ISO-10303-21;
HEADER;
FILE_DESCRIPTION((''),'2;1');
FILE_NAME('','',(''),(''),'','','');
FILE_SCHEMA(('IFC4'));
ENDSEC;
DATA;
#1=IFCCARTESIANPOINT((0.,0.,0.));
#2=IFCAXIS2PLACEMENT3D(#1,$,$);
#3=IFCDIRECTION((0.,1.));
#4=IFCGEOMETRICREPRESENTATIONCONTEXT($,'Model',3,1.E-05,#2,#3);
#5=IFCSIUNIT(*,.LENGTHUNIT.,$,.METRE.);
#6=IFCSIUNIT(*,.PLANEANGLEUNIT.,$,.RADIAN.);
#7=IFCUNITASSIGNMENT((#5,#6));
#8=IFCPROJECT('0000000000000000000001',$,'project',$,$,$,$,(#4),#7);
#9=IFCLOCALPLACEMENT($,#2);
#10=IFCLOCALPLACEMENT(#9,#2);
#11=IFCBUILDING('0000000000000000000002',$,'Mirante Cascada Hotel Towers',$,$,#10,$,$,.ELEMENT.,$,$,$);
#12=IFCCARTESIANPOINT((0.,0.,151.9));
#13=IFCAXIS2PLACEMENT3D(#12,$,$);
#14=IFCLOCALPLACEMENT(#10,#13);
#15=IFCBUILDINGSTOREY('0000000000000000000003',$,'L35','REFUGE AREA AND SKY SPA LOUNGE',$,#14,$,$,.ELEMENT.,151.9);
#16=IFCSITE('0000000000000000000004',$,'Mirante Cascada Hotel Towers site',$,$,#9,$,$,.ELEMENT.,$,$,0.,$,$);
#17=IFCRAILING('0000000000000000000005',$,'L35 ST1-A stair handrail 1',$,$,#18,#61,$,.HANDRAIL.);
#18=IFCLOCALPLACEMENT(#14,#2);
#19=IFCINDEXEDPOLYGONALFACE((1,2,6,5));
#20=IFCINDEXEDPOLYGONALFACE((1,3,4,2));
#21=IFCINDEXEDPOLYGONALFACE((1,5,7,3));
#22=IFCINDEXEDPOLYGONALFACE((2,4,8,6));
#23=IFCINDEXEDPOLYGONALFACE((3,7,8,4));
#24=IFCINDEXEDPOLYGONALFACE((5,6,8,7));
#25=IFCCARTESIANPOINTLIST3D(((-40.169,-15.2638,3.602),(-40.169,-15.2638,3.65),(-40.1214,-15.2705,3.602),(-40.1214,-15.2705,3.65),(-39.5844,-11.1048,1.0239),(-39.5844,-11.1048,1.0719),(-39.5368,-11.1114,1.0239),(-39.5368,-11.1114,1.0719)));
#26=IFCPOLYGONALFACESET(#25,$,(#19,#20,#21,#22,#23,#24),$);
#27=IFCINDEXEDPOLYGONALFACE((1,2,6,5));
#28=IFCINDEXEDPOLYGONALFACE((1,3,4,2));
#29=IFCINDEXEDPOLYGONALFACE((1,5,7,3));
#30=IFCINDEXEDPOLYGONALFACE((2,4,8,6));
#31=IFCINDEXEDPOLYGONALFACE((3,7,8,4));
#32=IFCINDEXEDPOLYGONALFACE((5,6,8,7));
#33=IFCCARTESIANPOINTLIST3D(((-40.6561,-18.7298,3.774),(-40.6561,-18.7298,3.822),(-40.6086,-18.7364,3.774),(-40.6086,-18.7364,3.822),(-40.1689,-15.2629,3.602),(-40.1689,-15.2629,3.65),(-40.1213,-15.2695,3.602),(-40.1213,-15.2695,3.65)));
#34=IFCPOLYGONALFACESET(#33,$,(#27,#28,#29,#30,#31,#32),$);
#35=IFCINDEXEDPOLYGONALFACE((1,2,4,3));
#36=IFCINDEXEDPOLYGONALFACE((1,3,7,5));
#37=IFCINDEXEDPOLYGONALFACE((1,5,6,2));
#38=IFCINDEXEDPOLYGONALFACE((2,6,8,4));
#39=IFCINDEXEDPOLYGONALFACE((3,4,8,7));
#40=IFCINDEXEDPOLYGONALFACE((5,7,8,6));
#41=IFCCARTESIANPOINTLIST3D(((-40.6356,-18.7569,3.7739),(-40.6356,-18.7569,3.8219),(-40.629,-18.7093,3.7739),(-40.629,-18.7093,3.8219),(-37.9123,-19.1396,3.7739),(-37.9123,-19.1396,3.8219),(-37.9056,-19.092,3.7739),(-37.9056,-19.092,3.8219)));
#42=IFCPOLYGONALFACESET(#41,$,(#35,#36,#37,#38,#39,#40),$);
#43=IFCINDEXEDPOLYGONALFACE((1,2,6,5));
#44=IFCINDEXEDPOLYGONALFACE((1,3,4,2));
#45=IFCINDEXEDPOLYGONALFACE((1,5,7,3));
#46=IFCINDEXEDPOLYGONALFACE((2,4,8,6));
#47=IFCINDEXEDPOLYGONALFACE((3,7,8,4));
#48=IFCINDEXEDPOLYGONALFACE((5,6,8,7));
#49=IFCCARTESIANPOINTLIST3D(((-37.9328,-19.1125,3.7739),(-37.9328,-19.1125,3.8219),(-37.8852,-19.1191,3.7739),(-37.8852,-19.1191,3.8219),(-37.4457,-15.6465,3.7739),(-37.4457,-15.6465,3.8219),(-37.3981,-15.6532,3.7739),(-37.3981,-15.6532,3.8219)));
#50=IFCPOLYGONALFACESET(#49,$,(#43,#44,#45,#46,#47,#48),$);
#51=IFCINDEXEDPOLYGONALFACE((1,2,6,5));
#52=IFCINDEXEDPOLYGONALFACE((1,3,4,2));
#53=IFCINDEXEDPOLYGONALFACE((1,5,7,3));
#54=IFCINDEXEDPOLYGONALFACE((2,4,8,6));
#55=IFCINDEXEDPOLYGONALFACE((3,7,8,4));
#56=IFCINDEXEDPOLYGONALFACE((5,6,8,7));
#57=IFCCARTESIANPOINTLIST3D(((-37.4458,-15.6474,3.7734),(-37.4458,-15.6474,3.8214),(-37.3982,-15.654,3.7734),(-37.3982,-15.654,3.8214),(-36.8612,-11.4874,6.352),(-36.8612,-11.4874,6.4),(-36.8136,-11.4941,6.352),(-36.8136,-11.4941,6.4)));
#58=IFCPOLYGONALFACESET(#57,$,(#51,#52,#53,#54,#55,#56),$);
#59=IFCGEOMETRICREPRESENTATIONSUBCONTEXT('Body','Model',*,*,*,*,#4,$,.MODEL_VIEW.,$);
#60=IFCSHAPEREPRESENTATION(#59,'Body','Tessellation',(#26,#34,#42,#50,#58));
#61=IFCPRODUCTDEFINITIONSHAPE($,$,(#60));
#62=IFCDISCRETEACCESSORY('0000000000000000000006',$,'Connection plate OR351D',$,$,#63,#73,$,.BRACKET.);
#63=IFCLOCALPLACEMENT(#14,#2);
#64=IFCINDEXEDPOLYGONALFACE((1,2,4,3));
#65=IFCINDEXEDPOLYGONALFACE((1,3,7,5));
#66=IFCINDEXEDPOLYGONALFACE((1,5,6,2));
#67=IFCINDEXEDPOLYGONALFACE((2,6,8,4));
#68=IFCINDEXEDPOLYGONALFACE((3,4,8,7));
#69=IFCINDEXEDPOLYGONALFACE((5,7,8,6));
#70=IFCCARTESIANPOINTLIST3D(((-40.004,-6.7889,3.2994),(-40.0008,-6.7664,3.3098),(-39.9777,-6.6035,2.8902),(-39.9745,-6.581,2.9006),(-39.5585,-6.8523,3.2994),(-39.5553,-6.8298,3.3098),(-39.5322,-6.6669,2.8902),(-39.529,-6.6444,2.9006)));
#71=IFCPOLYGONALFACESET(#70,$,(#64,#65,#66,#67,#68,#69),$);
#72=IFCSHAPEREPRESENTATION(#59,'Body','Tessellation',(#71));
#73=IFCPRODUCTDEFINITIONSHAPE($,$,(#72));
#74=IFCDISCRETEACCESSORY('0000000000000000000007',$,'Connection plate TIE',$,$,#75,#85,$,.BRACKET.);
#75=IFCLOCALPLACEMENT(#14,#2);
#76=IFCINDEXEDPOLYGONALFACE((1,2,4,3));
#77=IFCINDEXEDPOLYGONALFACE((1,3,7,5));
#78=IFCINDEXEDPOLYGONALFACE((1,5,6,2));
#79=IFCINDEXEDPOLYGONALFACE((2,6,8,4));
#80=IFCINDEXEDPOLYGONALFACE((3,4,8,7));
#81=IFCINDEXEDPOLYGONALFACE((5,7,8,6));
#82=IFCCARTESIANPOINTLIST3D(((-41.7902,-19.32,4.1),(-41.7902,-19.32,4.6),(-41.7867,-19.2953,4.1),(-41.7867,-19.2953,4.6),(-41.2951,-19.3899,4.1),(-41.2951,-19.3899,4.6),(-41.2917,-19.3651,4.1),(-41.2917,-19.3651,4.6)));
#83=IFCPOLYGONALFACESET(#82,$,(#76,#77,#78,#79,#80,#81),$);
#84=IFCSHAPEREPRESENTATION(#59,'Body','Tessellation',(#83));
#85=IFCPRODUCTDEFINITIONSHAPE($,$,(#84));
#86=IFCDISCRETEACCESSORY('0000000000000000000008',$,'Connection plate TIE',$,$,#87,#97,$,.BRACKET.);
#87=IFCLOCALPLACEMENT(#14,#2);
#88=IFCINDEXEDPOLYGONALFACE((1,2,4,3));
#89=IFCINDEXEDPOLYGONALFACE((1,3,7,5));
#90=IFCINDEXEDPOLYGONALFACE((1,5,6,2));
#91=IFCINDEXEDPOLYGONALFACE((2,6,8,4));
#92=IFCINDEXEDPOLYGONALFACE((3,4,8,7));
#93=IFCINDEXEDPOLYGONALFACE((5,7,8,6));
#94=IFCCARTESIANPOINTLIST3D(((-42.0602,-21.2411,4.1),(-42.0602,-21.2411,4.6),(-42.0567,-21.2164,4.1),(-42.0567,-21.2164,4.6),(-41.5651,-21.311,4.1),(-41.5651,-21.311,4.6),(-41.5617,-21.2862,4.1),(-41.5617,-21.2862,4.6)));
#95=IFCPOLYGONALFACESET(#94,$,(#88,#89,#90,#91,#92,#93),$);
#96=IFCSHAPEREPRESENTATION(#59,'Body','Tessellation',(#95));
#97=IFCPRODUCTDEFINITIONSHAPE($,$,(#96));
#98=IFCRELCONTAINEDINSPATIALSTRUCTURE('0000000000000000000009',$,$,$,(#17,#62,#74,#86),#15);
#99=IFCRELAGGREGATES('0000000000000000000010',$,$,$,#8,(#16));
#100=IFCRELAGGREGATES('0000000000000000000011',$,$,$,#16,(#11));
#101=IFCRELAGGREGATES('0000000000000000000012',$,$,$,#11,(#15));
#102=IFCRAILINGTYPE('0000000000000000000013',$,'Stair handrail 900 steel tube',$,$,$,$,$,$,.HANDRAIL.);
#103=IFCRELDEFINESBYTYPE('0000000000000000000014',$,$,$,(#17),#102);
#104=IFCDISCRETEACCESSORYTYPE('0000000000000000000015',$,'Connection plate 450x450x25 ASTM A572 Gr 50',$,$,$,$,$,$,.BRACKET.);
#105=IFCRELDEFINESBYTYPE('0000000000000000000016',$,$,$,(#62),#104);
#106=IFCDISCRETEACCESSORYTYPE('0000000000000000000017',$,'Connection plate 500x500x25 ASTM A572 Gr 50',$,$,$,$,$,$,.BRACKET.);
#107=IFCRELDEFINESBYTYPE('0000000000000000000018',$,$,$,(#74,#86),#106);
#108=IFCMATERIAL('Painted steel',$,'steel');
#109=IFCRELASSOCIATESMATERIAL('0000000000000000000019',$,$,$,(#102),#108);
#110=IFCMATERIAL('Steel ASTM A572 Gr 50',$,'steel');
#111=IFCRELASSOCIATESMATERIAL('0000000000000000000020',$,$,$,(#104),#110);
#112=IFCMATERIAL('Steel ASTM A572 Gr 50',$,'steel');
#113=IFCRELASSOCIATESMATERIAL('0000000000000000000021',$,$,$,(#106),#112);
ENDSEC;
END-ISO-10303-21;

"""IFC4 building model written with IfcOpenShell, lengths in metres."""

from ifc_helpers import new_model, si_unit, direction, frame, origin, origin_2d, place, context, subcontext, project, spatial, rectangle, extrude, material, material_profile, profile_set, type_object, element, save


model = new_model("IFC4")

# Units and contexts
model_context = context("Model", 3, precision=1e-05, world=origin(), true_north=direction((0.0, 1.0)))
body_context = subcontext(model_context, "Body", "Model", "MODEL_VIEW")
ifc_project = project(units=[si_unit("LENGTHUNIT", "METRE"), si_unit("PLANEANGLEUNIT", "RADIAN")], contexts=[model_context])

# Site, building, storey
site_placement = place(None, origin())
site = spatial("IfcSite", under=ifc_project, at=site_placement, Name="Mirante Cascada Hotel Towers site", CompositionType="ELEMENT", RefElevation=0.0)
building_placement = place(site_placement, origin())
building = spatial("IfcBuilding", under=site, at=building_placement, Name="Mirante Cascada Hotel Towers", CompositionType="ELEMENT")
storey_placement = place(building_placement, frame((0.0, 0.0, 151.9)))
storey = spatial("IfcBuildingStorey", under=building, at=storey_placement, Name="L35", Description="REFUGE AREA AND SKY SPA LOUNGE", CompositionType="ELEMENT", Elevation=151.9)

# Railing
ifc_material_1 = material(Name="Painted steel", Category="steel")
railing_type_1 = type_object("IfcRailingType", Name="Stair handrail 900 steel tube", PredefinedType="HANDRAIL", material=ifc_material_1)
railing_1_placement = place(storey_placement, frame((-39.5606, -11.1081, 0.1719)))
element("IfcRailing", 1, at=railing_1_placement, inside=storey, type_object=railing_type_1, Name="L35 ST1-A stair handrail 1", PredefinedType="HANDRAIL", context=body_context, shape_type="SweptSolid", body=[
    extrude(rectangle(XDim=0.048, YDim=0.048, at=origin_2d()), frame((0.0, 0.0, 0.876), z_axis=(-0.139191, -0.990266, 0.0), x_axis=(0.990266, -0.139191, 0.0)), (0.0, 0.52314, 0.852247), 4.9281),
    extrude(rectangle(XDim=0.048, YDim=0.048, at=origin_2d()), frame((-0.5845, -4.1581, 3.4541), z_axis=(-0.139173, -0.990268, 0.0), x_axis=(0.990268, -0.139173, 0.0)), (0.0, 0.049056, 0.998796), 3.5052),
    extrude(rectangle(XDim=0.048, YDim=0.048, at=origin_2d()), frame((-1.0717, -7.625, 3.626), z_axis=(0.99027, -0.139161, 0.0), x_axis=(0.139161, 0.99027, 0.0)), (0.0, 0.0, 1.0), 2.7501),
    extrude(rectangle(XDim=0.048, YDim=0.048, at=origin_2d()), frame((1.6516, -8.0077, 3.626), z_axis=(0.139173, 0.990268, 0.0), x_axis=(-0.990268, 0.139173, 0.0)), (0.0, 0.0, 1.0), 3.5),
    extrude(rectangle(XDim=0.048, YDim=0.048, at=origin_2d()), frame((2.1386, -4.5426, 3.6255), z_axis=(0.139168, 0.990269, 0.0), x_axis=(-0.990269, 0.139168, 0.0)), (0.0, 0.523141, 0.852246), 4.9291),
])

# Discrete accessories
ifc_material_2 = material(Name="Steel ASTM A572 Gr 50", Category="steel")
ifc_material_profile_1 = material_profile(ifc_material_2, rectangle(XDim=0.45, YDim=0.45, at=origin_2d()), Name="Connection plate 450x450x25 ASTM A572 Gr 50")
ifc_profile_set_1 = profile_set([ifc_material_profile_1], Name="Steel ASTM A572 Gr 50")
discrete_accessory_type_1 = type_object("IfcDiscreteAccessoryType", Name="Connection plate 450x450x25 ASTM A572 Gr 50", PredefinedType="BRACKET", material=ifc_profile_set_1)
discrete_accessory_placement = place(storey_placement, frame((-39.7681, -6.7279, 3.0948), z_axis=(0.128036, 0.900252, 0.416117), x_axis=(-0.990037, 0.140805, 0.0)))
element("IfcDiscreteAccessory", 2, at=discrete_accessory_placement, inside=storey, type_object=discrete_accessory_type_1, Name="Connection plate OR351D", PredefinedType="BRACKET", context=body_context, shape_type="SweptSolid", body=[
    extrude(rectangle(XDim=0.45, YDim=0.45, at=origin_2d()), origin(), (0.0, 0.0, 1.0), 0.025),
])
ifc_material_3 = material(Name="Steel ASTM A572 Gr 50", Category="steel")
ifc_material_profile_2 = material_profile(ifc_material_3, rectangle(XDim=0.5, YDim=0.5, at=origin_2d()), Name="Connection plate 500x500x25 ASTM A572 Gr 50")
ifc_profile_set_2 = profile_set([ifc_material_profile_2], Name="Steel ASTM A572 Gr 50")
discrete_accessory_type_2 = type_object("IfcDiscreteAccessoryType", Name="Connection plate 500x500x25 ASTM A572 Gr 50", PredefinedType="BRACKET", material=ifc_profile_set_2)
for number, where, z_axis, x_axis, name in (
    (3, (-41.5392, -19.3302, 4.35), (-0.139744, -0.990188, 0.0), (0.990188, -0.139744, 0.0), "Connection plate TIE"),
    (4, (-41.8092, -21.2513, 4.35), (-0.139744, -0.990188, 0.0), (0.990188, -0.139744, 0.0), "Connection plate TIE"),
):
    element("IfcDiscreteAccessory", number, at=place(storey_placement, frame(where, z_axis=z_axis, x_axis=x_axis)), inside=storey, type_object=discrete_accessory_type_2, Name=name, PredefinedType="BRACKET", context=body_context, shape_type="SweptSolid", body=[
        extrude(rectangle(XDim=0.5, YDim=0.5, at=origin_2d()), origin(), (0.0, 0.0, 1.0), 0.025),
    ])

save(model, "model.ifc")
